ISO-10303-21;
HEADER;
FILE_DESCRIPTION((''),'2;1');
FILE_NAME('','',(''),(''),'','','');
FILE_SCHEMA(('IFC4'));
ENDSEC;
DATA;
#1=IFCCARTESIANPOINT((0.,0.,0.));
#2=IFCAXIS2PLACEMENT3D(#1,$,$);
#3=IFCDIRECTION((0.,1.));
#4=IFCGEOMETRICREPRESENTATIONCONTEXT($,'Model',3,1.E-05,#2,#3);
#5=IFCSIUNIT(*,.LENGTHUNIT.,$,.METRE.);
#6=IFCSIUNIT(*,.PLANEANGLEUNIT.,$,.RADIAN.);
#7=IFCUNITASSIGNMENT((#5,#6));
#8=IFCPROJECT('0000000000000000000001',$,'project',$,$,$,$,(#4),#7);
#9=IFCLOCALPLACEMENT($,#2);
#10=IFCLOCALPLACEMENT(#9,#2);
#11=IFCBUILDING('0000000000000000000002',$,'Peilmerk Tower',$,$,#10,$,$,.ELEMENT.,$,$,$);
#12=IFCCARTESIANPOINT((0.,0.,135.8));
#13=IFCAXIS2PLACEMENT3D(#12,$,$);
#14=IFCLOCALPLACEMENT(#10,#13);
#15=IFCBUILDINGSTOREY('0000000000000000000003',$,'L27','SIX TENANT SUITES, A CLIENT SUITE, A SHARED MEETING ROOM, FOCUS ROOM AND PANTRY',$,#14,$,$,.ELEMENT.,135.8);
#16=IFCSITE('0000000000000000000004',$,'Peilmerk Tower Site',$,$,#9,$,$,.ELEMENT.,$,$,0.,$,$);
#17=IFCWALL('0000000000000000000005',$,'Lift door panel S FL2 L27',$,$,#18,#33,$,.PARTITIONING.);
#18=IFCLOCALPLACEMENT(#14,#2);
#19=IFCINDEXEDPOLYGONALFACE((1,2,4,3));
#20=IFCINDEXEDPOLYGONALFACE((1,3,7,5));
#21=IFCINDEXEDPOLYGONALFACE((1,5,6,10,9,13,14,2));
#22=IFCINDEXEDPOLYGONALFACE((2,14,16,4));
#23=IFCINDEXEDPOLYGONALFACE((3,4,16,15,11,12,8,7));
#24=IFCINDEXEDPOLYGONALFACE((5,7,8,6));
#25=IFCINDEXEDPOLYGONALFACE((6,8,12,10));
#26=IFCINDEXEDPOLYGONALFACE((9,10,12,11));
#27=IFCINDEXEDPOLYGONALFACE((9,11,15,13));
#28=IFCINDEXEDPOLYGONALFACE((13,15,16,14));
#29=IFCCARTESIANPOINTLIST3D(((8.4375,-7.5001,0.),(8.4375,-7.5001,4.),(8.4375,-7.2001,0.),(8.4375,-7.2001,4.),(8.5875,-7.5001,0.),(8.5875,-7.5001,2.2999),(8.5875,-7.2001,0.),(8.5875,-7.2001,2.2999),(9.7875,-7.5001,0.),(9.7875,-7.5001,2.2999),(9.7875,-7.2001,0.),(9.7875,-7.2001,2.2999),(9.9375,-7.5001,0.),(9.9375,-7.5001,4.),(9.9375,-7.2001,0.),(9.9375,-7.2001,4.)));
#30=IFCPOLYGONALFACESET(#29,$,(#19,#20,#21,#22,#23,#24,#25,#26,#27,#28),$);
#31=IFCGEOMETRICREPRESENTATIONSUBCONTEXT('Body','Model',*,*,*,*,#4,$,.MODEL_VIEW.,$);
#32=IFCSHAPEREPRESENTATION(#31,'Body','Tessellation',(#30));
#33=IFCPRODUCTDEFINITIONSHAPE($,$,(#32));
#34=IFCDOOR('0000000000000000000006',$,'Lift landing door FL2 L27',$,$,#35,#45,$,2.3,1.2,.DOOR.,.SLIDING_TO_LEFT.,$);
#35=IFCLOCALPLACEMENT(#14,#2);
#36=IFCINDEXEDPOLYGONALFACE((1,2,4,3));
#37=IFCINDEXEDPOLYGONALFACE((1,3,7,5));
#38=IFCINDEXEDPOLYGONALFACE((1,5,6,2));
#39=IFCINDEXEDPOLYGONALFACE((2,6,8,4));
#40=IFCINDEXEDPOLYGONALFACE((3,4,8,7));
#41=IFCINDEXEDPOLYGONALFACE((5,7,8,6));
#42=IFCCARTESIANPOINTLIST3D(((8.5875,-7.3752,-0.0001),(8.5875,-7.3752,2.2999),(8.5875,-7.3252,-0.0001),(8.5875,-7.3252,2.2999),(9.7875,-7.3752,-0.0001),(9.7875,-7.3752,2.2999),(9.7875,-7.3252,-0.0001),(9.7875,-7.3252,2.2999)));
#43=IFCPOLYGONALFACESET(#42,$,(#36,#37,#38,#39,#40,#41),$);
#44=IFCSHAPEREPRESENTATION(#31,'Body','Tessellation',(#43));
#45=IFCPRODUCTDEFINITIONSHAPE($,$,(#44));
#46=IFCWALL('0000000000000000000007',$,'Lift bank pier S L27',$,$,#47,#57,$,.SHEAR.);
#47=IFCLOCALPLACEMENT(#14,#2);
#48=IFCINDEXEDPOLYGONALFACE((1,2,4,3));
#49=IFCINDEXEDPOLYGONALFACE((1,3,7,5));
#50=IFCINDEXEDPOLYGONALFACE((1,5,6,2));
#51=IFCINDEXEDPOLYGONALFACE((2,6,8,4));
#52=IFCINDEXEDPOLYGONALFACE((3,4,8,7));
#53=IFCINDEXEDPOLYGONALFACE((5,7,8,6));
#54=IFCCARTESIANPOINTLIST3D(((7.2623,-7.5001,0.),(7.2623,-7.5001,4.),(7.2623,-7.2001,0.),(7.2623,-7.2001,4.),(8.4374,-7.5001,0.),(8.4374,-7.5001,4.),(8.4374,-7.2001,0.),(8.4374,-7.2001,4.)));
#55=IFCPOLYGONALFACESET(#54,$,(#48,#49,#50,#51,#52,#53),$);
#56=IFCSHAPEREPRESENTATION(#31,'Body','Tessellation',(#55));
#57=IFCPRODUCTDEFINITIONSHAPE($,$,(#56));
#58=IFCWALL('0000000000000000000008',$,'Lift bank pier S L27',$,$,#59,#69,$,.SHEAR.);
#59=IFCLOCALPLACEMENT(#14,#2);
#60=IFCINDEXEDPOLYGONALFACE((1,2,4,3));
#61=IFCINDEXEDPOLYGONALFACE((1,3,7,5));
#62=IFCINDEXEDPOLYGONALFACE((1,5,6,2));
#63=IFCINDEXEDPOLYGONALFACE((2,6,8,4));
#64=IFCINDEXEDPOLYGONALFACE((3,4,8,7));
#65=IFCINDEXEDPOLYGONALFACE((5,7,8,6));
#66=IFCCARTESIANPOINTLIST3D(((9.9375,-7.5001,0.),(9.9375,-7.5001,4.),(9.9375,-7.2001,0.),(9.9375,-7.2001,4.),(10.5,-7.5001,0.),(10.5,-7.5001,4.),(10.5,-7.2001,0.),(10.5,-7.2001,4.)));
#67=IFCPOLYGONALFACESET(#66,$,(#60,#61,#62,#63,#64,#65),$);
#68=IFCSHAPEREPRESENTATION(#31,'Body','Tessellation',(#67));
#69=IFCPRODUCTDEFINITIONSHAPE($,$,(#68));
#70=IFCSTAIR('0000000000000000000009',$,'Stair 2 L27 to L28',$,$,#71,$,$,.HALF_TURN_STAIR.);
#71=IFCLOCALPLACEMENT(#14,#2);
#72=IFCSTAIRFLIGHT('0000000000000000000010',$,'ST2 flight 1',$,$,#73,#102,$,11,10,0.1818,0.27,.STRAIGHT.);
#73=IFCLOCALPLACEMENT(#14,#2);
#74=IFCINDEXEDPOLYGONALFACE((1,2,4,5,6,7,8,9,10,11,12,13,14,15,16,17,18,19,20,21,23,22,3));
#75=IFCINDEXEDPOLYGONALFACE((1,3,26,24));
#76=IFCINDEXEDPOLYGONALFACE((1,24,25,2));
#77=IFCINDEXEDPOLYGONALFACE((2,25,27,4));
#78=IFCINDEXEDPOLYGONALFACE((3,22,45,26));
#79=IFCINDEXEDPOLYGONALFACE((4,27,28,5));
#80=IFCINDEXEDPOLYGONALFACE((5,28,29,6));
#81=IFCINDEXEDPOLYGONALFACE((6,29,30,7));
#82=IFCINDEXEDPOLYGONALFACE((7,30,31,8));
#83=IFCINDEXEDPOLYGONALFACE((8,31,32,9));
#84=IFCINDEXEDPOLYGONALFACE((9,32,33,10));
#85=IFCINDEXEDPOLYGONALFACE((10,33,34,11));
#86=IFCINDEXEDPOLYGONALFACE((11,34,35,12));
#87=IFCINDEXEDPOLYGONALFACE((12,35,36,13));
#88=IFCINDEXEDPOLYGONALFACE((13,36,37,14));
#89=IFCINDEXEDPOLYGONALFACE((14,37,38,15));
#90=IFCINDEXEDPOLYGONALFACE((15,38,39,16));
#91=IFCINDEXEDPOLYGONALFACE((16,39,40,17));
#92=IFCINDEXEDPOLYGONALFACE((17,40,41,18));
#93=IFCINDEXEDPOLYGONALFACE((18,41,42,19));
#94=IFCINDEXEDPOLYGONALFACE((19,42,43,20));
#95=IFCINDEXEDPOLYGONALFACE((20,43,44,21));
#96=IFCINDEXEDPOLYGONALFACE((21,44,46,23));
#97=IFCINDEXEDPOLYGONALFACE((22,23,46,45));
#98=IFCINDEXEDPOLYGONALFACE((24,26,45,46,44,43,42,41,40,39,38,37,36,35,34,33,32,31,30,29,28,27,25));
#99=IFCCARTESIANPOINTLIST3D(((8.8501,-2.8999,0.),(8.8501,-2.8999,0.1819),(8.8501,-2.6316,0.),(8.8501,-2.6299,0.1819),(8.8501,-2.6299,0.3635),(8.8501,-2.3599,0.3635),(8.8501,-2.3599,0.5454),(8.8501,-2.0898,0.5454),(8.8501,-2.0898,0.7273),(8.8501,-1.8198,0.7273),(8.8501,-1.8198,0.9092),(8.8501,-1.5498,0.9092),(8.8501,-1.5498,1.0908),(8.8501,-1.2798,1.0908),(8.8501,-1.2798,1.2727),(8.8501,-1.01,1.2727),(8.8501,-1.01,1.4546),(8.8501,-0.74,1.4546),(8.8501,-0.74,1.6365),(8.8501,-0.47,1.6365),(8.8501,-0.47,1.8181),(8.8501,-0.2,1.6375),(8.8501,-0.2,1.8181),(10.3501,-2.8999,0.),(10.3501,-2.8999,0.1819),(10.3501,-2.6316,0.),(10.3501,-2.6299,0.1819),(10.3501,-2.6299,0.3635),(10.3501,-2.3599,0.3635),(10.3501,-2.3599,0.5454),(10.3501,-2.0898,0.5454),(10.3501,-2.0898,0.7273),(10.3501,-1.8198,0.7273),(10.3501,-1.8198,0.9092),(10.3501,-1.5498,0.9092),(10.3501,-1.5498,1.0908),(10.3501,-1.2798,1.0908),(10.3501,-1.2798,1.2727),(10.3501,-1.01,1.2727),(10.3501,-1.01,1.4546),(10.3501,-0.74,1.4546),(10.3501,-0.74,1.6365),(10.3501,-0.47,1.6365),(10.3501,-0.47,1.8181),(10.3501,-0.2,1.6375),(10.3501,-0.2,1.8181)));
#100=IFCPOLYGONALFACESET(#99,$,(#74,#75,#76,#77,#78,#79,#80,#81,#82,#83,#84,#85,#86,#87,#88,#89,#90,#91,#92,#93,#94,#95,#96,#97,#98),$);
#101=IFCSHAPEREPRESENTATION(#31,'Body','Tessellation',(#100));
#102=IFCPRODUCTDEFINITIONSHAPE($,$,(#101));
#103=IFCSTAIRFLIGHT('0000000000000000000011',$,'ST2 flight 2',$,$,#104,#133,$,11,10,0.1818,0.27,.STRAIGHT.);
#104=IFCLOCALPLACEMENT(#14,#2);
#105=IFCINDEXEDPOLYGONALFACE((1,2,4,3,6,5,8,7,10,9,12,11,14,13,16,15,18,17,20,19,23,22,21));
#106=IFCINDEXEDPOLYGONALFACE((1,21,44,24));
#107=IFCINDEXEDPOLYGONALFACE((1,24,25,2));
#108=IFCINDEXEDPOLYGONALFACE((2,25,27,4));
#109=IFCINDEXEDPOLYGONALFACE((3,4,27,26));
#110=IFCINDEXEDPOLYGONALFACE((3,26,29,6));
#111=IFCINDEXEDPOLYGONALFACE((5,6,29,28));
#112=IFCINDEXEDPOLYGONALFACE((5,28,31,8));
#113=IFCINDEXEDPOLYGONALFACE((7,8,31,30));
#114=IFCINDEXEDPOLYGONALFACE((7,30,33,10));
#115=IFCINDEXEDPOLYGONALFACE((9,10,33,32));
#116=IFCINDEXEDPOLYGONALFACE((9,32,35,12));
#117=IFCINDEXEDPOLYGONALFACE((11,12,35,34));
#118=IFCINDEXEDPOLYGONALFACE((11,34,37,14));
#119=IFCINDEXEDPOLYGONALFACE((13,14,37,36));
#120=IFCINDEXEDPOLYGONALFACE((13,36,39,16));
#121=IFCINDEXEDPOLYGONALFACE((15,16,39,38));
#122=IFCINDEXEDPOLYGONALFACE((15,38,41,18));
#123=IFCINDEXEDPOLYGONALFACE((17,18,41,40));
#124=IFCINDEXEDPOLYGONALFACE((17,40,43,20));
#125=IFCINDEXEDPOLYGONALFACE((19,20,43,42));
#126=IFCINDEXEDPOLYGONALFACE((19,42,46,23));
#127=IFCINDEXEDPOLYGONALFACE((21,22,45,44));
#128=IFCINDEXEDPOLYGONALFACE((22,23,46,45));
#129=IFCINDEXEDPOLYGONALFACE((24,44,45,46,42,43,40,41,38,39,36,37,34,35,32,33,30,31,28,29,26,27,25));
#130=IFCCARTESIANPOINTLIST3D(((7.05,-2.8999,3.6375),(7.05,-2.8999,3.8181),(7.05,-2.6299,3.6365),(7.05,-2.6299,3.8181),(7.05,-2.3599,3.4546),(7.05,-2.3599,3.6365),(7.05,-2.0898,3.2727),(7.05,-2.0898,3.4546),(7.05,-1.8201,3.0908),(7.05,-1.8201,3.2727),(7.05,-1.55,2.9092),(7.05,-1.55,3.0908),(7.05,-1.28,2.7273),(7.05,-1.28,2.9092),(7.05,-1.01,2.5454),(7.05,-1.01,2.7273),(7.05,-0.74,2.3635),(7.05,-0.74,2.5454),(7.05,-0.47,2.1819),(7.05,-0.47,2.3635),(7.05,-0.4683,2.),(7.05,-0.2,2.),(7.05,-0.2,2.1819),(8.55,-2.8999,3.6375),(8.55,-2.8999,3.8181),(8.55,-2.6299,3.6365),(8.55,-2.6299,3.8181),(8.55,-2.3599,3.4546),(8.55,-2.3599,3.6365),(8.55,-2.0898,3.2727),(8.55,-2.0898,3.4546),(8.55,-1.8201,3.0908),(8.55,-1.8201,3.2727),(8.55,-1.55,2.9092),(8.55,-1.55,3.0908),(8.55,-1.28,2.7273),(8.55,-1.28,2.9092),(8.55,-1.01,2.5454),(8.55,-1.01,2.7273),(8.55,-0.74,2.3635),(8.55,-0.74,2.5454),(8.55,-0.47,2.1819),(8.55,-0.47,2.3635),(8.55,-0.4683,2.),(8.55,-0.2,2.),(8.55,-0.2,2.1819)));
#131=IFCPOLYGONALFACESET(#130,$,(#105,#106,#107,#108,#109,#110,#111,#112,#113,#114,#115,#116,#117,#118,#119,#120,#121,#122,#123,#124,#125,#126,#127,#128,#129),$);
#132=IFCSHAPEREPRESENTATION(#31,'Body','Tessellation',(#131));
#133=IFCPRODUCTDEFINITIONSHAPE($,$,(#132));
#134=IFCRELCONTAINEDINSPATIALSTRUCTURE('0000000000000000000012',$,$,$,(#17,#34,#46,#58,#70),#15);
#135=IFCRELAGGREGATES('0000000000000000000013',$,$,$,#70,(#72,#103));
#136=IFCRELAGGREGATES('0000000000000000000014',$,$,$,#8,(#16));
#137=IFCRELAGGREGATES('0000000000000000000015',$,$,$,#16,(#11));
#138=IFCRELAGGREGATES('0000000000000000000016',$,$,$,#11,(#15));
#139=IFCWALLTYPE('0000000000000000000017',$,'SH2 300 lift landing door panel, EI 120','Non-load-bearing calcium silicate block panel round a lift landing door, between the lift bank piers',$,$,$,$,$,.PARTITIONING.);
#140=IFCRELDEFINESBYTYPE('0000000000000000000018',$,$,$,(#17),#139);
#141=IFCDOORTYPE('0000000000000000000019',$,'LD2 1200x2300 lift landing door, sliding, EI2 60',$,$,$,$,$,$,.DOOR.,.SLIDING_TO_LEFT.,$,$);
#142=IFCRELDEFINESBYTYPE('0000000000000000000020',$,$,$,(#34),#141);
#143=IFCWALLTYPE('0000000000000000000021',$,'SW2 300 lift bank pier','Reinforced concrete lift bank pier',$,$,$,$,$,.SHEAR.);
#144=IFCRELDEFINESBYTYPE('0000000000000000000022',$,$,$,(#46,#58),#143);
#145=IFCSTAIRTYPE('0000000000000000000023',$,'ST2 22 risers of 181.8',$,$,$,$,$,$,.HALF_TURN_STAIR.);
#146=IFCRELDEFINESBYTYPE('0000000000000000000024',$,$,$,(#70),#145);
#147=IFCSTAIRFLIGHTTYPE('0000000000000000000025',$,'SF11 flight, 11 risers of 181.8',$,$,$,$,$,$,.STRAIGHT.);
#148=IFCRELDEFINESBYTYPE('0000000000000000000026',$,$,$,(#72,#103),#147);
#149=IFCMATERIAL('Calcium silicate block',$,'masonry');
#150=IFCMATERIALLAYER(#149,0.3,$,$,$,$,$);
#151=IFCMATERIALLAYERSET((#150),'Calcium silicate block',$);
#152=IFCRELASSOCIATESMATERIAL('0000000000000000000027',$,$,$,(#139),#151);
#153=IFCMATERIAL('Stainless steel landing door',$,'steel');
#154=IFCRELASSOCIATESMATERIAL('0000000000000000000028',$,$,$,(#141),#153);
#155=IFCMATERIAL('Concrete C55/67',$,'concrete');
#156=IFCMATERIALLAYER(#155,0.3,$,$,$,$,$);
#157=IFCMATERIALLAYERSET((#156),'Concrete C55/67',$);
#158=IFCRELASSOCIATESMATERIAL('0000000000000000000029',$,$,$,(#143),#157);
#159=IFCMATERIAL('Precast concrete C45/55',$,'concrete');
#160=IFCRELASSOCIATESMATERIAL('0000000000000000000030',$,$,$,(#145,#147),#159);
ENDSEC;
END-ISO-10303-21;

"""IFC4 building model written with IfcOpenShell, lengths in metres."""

from ifc_helpers import new_model, si_unit, direction, frame, frame_2d, origin, place, context, subcontext, project, spatial, polyline, rectangle, outline, extrude, material, layer, layer_set, type_object, element, fill, aggregate, save


model = new_model("IFC4")

# Units and contexts
model_context = context("Model", 3, precision=1e-05, world=origin(), true_north=direction((0.0, 1.0)))
body_context = subcontext(model_context, "Body", "Model", "MODEL_VIEW")
ifc_project = project(units=[si_unit("LENGTHUNIT", "METRE"), si_unit("PLANEANGLEUNIT", "RADIAN")], contexts=[model_context])

# Site, building, storey
site_placement = place(None, origin())
site = spatial("IfcSite", under=ifc_project, at=site_placement, Name="Peilmerk Tower Site", CompositionType="ELEMENT", RefElevation=0.0)
building_placement = place(site_placement, origin())
building = spatial("IfcBuilding", under=site, at=building_placement, Name="Peilmerk Tower", CompositionType="ELEMENT")
storey_placement = place(building_placement, frame((0.0, 0.0, 135.8)))
storey = spatial("IfcBuildingStorey", under=building, at=storey_placement, Name="L27", Description="SIX TENANT SUITES, A CLIENT SUITE, A SHARED MEETING ROOM, FOCUS ROOM AND PANTRY", CompositionType="ELEMENT", Elevation=135.8)

# Shared definitions
ifc_material_1 = material(Name="Precast concrete C45/55", Category="concrete")

# Wall, opening, door
ifc_material_2 = material(Name="Calcium silicate block", Category="masonry")
ifc_layer_1 = layer(ifc_material_2, 0.3)
ifc_layer_set_1 = layer_set([ifc_layer_1], Name="Calcium silicate block")
wall_type_1 = type_object("IfcWallType", Name="SH2 300 lift landing door panel, EI 120", Description="Non-load-bearing calcium silicate block panel round a lift landing door, between the lift bank piers", PredefinedType="PARTITIONING", material=ifc_layer_set_1)
ifc_material_3 = material(Name="Stainless steel landing door", Category="steel")
wall_1_placement = place(storey_placement, frame((8.4375, -7.3501, 0.0), z_axis=(0.0, 0.0, 1.0), x_axis=(1.0, 0.0, 0.0)))
wall_1 = element("IfcWall", 1, at=wall_1_placement, inside=storey, type_object=wall_type_1, Name="Lift door panel S FL2 L27", PredefinedType="PARTITIONING", context=body_context, shape_type="SweptSolid", body=[
    extrude(rectangle(XDim=1.5, YDim=0.3, at=frame_2d((0.75, 0.0))), origin(), (0.0, 0.0, 1.0), 4.0),
])
opening_1_placement = place(wall_1_placement, frame((0.1499, 0.0, 0.0)))
opening_1 = element("IfcOpeningElement", 2, at=opening_1_placement, cuts=wall_1, PredefinedType="OPENING", context=body_context, shape_type="SweptSolid", body=[
    extrude(rectangle(XDim=1.2, YDim=2.3, at=frame_2d((0.6001, 1.1499))), frame((0.0, 0.1599, 0.0), z_axis=(0.0, -1.0, 0.0), x_axis=(1.0, 0.0, 0.0)), (0.0, 0.0, 1.0), 0.3201),
])
door_type_1 = type_object("IfcDoorType", Name="LD2 1200x2300 lift landing door, sliding, EI2 60", OperationType="SLIDING_TO_LEFT", PredefinedType="DOOR", material=ifc_material_3)
door_1_placement = place(opening_1_placement, origin())
door_1 = element("IfcDoor", 3, at=door_1_placement, inside=storey, type_object=door_type_1, Name="Lift landing door FL2 L27", OperationType="SLIDING_TO_LEFT", OverallHeight=2.3, OverallWidth=1.2, PredefinedType="DOOR", context=body_context, shape_type="SweptSolid", body=[
    extrude(rectangle(XDim=1.2, YDim=2.3, at=frame_2d((0.6001, 1.1499))), frame((0.0, 0.0249, 0.0), z_axis=(0.0, -1.0, 0.0), x_axis=(1.0, 0.0, 0.0)), (0.0, 0.0, 1.0), 0.05),
])
fill(opening_1, door_1)

# Walls
ifc_material_4 = material(Name="Concrete C55/67", Category="concrete")
ifc_layer_2 = layer(ifc_material_4, 0.3)
ifc_layer_set_2 = layer_set([ifc_layer_2], Name="Concrete C55/67")
wall_type_2 = type_object("IfcWallType", Name="SW2 300 lift bank pier", Description="Reinforced concrete lift bank pier", PredefinedType="SHEAR", material=ifc_layer_set_2)
wall_2_placement = place(storey_placement, frame((7.2625, -7.3501, 0.0), z_axis=(0.0, 0.0, 1.0), x_axis=(1.0, 0.0, 0.0)))
element("IfcWall", 4, at=wall_2_placement, inside=storey, type_object=wall_type_2, Name="Lift bank pier S L27", PredefinedType="SHEAR", context=body_context, shape_type="SweptSolid", body=[
    extrude(rectangle(XDim=1.175, YDim=0.3, at=frame_2d((0.5874, 0.0))), origin(), (0.0, 0.0, 1.0), 4.0),
])
wall_3_placement = place(storey_placement, frame((9.9375, -7.3501, 0.0), z_axis=(0.0, 0.0, 1.0), x_axis=(1.0, 0.0, 0.0)))
element("IfcWall", 5, at=wall_3_placement, inside=storey, type_object=wall_type_2, Name="Lift bank pier S L27", PredefinedType="SHEAR", context=body_context, shape_type="SweptSolid", body=[
    extrude(rectangle(XDim=0.5625, YDim=0.3, at=frame_2d((0.2812, 0.0))), origin(), (0.0, 0.0, 1.0), 4.0),
])

# Stair, stair flights
stair_type_1 = type_object("IfcStairType", Name="ST2 22 risers of 181.8", PredefinedType="HALF_TURN_STAIR", material=ifc_material_1)
stair_1_placement = place(storey_placement, origin())
stair_1 = element("IfcStair", 6, at=stair_1_placement, inside=storey, type_object=stair_type_1, Name="Stair 2 L27 to L28", PredefinedType="HALF_TURN_STAIR")
stair_flight_type = type_object("IfcStairFlightType", Name="SF11 flight, 11 risers of 181.8", PredefinedType="STRAIGHT", material=ifc_material_1)
stair_flight_1_placement = place(storey_placement, frame((9.6001, -2.8999, 0.0), z_axis=(0.0, 0.0, 1.0), x_axis=(0.0, 1.0, 0.0)))
stair_flight_1 = element("IfcStairFlight", 7, at=stair_flight_1_placement, type_object=stair_flight_type, Name="ST2 flight 1", NumberOfRisers=11, NumberOfTreads=10, PredefinedType="STRAIGHT", RiserHeight=0.1818, TreadLength=0.27, context=body_context, shape_type="SweptSolid", body=[
    extrude(outline(polyline([(0.0, 0.0), (0.0, 0.1819), (0.27, 0.1819), (0.27, 0.3635), (0.54, 0.3635), (0.54, 0.5454), (0.8101, 0.5454), (0.8101, 0.7273), (1.0801, 0.7273), (1.0801, 0.9092), (1.3501, 0.9092), (1.3501, 1.0908), (1.6201, 1.0908), (1.6201, 1.2727), (1.8899, 1.2727), (1.8899, 1.4546), (2.1599, 1.4546), (2.1599, 1.6365), (2.4299, 1.6365), (2.4299, 1.8181), (2.7, 1.8181), (2.7, 2.0), (2.7, 1.6375), (0.2683, 0.0), (0.0, 0.0)])), frame((0.0, 0.75, 0.0), z_axis=(0.0, -1.0, 0.0), x_axis=(1.0, 0.0, 0.0)), (0.0, 0.0, 1.0), 1.5),
])
stair_flight_2_placement = place(storey_placement, frame((7.8, -0.2, 2.0), z_axis=(0.0, 0.0, 1.0), x_axis=(0.0, -1.0, 0.0)))
stair_flight_2 = element("IfcStairFlight", 8, at=stair_flight_2_placement, type_object=stair_flight_type, Name="ST2 flight 2", NumberOfRisers=11, NumberOfTreads=10, PredefinedType="STRAIGHT", RiserHeight=0.1818, TreadLength=0.27, context=body_context, shape_type="SweptSolid", body=[
    extrude(outline(polyline([(0.0, 0.0), (0.0, 0.1819), (0.27, 0.1819), (0.27, 0.3635), (0.54, 0.3635), (0.54, 0.5454), (0.8101, 0.5454), (0.8101, 0.7273), (1.0801, 0.7273), (1.0801, 0.9092), (1.3501, 0.9092), (1.3501, 1.0908), (1.6201, 1.0908), (1.6201, 1.2727), (1.8899, 1.2727), (1.8899, 1.4546), (2.1599, 1.4546), (2.1599, 1.6365), (2.4299, 1.6365), (2.4299, 1.8181), (2.7, 1.8181), (2.7, 2.0), (2.7, 1.6375), (0.2683, 0.0), (0.0, 0.0)])), frame((0.0, 0.75, 0.0), z_axis=(0.0, -1.0, 0.0), x_axis=(1.0, 0.0, 0.0)), (0.0, 0.0, 1.0), 1.5),
])
aggregate(stair_1, [stair_flight_1, stair_flight_2])

save(model, "model.ifc")
